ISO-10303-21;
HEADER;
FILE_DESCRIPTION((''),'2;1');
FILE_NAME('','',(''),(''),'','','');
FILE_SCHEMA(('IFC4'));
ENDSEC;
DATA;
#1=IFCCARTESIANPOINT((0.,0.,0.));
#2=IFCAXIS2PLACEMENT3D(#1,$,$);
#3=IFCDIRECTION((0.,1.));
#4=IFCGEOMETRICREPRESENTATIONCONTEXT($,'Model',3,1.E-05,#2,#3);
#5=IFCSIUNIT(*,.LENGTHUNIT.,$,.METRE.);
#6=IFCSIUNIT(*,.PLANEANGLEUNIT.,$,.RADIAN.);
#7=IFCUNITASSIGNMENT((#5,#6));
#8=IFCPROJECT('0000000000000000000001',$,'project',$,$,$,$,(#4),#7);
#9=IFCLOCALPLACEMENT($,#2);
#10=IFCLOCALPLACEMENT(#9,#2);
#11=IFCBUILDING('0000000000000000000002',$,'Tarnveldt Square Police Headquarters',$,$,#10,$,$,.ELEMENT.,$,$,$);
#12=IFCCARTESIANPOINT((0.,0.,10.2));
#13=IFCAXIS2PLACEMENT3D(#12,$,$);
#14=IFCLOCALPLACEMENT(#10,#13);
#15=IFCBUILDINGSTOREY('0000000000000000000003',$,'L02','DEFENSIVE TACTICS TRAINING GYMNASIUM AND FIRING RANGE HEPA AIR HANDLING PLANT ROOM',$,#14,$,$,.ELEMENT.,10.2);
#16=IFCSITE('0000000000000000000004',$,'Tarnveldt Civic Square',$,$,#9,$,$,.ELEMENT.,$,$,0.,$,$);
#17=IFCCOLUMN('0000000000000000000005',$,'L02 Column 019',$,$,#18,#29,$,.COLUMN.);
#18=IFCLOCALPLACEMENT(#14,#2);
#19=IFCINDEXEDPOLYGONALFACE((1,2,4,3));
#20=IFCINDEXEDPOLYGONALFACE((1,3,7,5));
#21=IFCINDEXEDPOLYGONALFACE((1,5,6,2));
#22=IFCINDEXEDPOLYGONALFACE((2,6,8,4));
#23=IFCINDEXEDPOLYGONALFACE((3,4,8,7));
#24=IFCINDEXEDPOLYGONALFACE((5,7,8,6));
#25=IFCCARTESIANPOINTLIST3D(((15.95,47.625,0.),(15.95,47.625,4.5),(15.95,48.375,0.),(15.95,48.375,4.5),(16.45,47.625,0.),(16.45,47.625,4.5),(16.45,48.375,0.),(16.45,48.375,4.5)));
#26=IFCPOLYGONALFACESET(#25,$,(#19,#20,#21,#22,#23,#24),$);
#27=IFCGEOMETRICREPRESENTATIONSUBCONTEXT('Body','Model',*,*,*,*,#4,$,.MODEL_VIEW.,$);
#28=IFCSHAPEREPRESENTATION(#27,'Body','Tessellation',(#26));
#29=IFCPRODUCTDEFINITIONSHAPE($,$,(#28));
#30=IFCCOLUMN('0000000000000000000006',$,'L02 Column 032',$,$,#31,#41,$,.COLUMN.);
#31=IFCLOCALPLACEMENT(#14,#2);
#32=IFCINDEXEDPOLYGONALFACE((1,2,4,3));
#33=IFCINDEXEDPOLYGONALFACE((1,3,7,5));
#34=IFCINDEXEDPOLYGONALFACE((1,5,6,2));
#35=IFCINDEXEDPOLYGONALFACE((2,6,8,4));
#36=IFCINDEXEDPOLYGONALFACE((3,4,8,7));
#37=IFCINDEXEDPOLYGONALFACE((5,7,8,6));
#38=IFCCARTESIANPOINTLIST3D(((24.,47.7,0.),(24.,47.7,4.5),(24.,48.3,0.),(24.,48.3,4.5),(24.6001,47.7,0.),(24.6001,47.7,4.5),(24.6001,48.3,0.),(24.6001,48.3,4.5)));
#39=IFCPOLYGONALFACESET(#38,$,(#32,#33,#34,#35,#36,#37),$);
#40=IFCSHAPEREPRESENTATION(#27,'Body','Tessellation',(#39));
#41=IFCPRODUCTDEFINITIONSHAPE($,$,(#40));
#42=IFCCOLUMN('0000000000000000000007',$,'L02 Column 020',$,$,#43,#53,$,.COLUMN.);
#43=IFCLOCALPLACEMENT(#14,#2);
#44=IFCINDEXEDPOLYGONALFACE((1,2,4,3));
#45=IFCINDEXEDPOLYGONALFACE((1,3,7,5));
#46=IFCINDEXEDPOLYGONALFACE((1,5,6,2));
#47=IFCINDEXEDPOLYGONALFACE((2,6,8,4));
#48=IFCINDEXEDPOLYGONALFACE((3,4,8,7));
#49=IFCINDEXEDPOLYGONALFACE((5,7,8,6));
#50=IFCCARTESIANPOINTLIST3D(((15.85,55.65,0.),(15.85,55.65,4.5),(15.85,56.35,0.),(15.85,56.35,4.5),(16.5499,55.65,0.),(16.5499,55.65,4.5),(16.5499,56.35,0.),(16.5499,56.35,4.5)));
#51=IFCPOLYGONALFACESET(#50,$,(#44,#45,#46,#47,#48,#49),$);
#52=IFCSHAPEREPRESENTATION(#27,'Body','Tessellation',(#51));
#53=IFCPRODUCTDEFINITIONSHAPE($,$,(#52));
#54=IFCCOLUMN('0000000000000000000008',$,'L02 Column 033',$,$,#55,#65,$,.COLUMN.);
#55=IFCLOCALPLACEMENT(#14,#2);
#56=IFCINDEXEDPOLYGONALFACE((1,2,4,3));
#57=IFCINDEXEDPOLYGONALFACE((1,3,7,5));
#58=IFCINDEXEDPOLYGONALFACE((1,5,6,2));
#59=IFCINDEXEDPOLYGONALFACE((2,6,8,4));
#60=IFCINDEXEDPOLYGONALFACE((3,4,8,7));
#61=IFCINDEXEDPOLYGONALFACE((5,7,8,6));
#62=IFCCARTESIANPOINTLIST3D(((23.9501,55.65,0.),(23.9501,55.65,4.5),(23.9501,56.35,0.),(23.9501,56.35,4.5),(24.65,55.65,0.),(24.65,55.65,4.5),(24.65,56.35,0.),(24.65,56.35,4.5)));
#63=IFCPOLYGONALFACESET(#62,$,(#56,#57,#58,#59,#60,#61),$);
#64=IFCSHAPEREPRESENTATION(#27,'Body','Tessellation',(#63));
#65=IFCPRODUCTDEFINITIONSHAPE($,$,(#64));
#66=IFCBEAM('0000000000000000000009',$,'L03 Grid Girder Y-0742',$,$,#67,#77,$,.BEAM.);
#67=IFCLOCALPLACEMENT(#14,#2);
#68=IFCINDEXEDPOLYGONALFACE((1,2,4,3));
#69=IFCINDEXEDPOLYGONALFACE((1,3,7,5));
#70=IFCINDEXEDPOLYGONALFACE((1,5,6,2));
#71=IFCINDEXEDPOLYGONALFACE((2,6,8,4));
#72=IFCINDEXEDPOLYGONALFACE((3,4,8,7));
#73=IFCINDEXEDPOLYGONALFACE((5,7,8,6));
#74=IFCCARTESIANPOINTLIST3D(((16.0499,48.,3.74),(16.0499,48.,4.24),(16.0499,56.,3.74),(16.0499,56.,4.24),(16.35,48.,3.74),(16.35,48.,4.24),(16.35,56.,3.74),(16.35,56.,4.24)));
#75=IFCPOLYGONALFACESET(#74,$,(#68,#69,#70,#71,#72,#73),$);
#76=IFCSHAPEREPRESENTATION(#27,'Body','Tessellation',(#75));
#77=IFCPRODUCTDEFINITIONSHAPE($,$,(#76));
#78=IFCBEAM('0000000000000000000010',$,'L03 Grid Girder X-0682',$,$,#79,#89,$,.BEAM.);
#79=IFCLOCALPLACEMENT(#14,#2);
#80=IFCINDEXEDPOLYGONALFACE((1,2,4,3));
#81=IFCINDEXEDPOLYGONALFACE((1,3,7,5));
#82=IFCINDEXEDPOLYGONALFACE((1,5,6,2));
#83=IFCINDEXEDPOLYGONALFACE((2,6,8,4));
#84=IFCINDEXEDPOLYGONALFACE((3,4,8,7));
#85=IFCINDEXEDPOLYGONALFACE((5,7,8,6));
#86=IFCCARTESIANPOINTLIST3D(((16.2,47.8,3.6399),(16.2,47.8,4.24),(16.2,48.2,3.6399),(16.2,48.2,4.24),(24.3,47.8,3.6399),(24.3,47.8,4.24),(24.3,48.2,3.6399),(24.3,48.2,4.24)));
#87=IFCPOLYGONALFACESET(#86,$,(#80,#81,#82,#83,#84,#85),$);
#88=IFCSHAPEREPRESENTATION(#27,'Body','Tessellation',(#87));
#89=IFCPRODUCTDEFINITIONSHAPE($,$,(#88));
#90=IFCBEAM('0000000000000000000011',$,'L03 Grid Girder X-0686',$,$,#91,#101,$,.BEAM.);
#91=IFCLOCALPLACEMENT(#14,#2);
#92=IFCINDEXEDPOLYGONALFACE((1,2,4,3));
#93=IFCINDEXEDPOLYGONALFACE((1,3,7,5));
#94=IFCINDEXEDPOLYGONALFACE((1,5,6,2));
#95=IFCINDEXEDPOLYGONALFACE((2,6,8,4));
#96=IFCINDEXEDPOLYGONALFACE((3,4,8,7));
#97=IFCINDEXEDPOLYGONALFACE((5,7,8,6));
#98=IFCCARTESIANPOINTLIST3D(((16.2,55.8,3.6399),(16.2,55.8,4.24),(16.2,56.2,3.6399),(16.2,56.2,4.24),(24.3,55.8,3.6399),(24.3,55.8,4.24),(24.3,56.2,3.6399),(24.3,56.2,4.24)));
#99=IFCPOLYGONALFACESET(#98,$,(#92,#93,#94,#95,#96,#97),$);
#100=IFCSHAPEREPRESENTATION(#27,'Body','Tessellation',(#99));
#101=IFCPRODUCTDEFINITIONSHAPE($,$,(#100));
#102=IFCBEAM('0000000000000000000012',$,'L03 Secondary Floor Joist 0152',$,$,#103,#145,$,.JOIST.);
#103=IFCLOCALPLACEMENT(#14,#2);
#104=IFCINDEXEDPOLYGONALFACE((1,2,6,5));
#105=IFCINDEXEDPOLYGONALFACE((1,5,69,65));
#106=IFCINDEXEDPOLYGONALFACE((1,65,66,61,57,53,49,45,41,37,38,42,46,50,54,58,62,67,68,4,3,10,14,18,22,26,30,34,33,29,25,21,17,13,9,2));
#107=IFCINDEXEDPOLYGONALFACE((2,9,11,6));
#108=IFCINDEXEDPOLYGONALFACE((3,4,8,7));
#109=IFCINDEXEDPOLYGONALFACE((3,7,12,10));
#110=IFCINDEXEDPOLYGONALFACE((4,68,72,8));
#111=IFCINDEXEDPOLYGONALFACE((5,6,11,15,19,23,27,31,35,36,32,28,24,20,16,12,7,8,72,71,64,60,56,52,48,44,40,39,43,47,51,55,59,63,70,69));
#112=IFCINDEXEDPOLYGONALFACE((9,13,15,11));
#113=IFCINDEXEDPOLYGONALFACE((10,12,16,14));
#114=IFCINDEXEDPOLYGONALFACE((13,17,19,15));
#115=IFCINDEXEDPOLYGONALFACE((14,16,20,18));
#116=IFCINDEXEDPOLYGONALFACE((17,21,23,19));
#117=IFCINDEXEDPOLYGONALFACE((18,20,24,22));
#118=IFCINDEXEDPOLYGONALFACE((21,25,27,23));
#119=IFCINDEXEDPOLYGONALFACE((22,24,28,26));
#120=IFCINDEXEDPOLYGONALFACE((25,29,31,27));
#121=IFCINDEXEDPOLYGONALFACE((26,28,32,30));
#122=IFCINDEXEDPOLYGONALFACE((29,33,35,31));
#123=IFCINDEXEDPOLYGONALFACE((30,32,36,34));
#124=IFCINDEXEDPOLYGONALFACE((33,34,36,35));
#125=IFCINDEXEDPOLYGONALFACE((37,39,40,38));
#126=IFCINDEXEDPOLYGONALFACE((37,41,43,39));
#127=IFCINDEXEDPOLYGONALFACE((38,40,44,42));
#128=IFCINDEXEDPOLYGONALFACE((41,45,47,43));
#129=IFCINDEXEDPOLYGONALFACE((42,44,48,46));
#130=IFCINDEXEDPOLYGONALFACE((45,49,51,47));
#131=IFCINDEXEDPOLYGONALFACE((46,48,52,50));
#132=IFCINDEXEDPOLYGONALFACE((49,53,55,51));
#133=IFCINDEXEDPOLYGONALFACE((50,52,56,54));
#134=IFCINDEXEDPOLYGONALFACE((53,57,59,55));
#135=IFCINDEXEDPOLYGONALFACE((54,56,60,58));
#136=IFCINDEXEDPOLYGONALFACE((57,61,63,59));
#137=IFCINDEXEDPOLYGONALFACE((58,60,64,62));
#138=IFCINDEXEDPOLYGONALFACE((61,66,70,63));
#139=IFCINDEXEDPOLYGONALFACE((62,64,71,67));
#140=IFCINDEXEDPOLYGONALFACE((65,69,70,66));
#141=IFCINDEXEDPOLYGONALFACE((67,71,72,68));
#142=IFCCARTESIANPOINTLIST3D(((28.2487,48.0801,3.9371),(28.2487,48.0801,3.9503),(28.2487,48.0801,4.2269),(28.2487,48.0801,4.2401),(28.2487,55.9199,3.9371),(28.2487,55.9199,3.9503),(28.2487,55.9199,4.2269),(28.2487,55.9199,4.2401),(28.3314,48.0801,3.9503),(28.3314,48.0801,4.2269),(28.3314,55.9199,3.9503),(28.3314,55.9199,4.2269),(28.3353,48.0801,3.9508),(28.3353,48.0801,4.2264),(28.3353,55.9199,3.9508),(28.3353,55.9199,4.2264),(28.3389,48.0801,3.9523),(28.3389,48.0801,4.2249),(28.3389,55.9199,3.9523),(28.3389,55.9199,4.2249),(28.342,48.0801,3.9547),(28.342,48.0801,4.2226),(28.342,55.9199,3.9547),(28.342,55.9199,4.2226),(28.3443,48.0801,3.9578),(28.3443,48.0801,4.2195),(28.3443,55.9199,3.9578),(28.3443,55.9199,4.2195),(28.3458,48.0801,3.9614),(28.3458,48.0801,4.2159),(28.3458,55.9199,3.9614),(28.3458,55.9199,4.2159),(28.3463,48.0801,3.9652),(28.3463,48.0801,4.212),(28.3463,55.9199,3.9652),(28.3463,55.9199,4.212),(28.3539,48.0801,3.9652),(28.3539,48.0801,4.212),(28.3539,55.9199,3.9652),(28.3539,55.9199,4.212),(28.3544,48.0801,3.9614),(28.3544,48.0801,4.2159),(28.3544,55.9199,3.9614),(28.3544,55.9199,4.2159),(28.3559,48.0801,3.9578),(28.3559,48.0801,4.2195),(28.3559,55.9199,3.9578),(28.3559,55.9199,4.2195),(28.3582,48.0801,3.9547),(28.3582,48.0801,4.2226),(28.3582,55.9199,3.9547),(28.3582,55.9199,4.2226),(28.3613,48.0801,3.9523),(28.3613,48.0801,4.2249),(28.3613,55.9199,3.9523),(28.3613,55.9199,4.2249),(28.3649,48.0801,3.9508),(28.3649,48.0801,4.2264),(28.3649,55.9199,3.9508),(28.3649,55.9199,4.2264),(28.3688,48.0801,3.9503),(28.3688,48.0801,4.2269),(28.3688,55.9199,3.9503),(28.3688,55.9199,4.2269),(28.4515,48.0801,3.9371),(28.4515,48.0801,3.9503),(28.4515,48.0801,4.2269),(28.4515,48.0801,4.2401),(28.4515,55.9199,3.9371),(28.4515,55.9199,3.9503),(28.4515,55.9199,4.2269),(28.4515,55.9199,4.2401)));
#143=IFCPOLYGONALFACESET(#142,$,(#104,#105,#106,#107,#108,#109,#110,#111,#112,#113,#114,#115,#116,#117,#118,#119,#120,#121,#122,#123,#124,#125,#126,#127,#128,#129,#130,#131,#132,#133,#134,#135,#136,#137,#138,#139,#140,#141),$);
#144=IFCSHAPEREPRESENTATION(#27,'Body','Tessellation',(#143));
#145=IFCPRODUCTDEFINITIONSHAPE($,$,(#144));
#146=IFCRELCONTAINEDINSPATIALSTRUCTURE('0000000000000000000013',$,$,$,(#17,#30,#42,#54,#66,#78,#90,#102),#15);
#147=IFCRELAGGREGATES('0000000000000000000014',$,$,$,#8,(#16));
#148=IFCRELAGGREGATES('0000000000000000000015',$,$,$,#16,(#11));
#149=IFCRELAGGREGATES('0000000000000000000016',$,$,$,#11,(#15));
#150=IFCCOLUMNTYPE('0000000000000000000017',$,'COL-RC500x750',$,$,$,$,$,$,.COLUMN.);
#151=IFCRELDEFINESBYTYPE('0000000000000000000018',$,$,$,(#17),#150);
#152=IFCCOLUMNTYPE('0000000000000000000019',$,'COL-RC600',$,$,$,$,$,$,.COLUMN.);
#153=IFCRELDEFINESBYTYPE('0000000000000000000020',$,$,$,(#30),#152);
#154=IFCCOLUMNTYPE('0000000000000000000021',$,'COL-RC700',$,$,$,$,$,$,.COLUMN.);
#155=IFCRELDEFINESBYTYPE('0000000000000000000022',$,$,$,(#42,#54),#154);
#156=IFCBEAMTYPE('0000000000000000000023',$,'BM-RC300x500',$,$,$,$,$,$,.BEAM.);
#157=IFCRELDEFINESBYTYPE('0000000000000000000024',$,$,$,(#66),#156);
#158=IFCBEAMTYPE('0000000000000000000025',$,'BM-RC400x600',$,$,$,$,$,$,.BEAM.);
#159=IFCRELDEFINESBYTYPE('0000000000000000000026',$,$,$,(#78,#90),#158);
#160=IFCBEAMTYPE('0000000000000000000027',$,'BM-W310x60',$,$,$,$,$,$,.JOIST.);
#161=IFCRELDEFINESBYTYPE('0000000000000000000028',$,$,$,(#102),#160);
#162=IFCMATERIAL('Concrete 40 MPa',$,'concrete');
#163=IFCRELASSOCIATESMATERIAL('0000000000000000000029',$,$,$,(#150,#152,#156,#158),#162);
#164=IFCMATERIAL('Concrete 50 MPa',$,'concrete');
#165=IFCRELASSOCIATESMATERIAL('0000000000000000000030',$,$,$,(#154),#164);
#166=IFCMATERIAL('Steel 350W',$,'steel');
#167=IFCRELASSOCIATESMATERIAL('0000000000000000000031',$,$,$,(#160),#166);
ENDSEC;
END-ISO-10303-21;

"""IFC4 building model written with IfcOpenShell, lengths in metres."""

from ifc_helpers import new_model, si_unit, direction, frame, origin, origin_2d, place, context, subcontext, project, spatial, rectangle, i_section, extrude, material, material_profile, profile_set, type_object, element, save


model = new_model("IFC4")

# Units and contexts
model_context = context("Model", 3, precision=1e-05, world=origin(), true_north=direction((0.0, 1.0)))
body_context = subcontext(model_context, "Body", "Model", "MODEL_VIEW")
ifc_project = project(units=[si_unit("LENGTHUNIT", "METRE"), si_unit("PLANEANGLEUNIT", "RADIAN")], contexts=[model_context])

# Site, building, storey
site_placement = place(None, origin())
site = spatial("IfcSite", under=ifc_project, at=site_placement, Name="Tarnveldt Civic Square", CompositionType="ELEMENT", RefElevation=0.0)
building_placement = place(site_placement, origin())
building = spatial("IfcBuilding", under=site, at=building_placement, Name="Tarnveldt Square Police Headquarters", CompositionType="ELEMENT")
storey_placement = place(building_placement, frame((0.0, 0.0, 10.2)))
storey = spatial("IfcBuildingStorey", under=building, at=storey_placement, Name="L02", Description="DEFENSIVE TACTICS TRAINING GYMNASIUM AND FIRING RANGE HEPA AIR HANDLING PLANT ROOM", CompositionType="ELEMENT", Elevation=10.2)

# Columns
ifc_material_1 = material(Name="Concrete 40 MPa", Category="concrete")
ifc_material_profile_1 = material_profile(ifc_material_1, rectangle(XDim=0.5, YDim=0.75, at=origin_2d()), Name="RC-C500x750")
ifc_profile_set_1 = profile_set([ifc_material_profile_1], Name="Concrete 40 MPa")
column_type_1 = type_object("IfcColumnType", Name="COL-RC500x750", PredefinedType="COLUMN", material=ifc_profile_set_1)
column_1_placement = place(storey_placement, frame((16.2, 48.0, 0.0), z_axis=(0.0, 0.0, 1.0), x_axis=(1.0, 0.0, 0.0)))
element("IfcColumn", 1, at=column_1_placement, inside=storey, type_object=column_type_1, Name="L02 Column 019", PredefinedType="COLUMN", context=body_context, shape_type="SweptSolid", body=[
    extrude(rectangle(XDim=0.5, YDim=0.75, at=origin_2d()), origin(), (0.0, 0.0, 1.0), 4.5),
])
ifc_material_profile_2 = material_profile(ifc_material_1, rectangle(XDim=0.6001, YDim=0.6001, at=origin_2d()), Name="RC-C600x600")
ifc_profile_set_2 = profile_set([ifc_material_profile_2], Name="Concrete 40 MPa")
column_type_2 = type_object("IfcColumnType", Name="COL-RC600", PredefinedType="COLUMN", material=ifc_profile_set_2)
column_2_placement = place(storey_placement, frame((24.3, 48.0, 0.0), z_axis=(0.0, 0.0, 1.0), x_axis=(1.0, 0.0, 0.0)))
element("IfcColumn", 2, at=column_2_placement, inside=storey, type_object=column_type_2, Name="L02 Column 032", PredefinedType="COLUMN", context=body_context, shape_type="SweptSolid", body=[
    extrude(rectangle(XDim=0.6001, YDim=0.6001, at=origin_2d()), origin(), (0.0, 0.0, 1.0), 4.5),
])
ifc_material_2 = material(Name="Concrete 50 MPa", Category="concrete")
ifc_material_profile_3 = material_profile(ifc_material_2, rectangle(XDim=0.7, YDim=0.7, at=origin_2d()), Name="RC-C700x700")
ifc_profile_set_3 = profile_set([ifc_material_profile_3], Name="Concrete 50 MPa")
column_type_3 = type_object("IfcColumnType", Name="COL-RC700", PredefinedType="COLUMN", material=ifc_profile_set_3)
for number, where, z_axis, x_axis, name in (
    (3, (16.2, 56.0, 0.0), (0.0, 0.0, 1.0), (1.0, 0.0, 0.0), "L02 Column 020"),
    (4, (24.3, 56.0, 0.0), (0.0, 0.0, 1.0), (1.0, 0.0, 0.0), "L02 Column 033"),
):
    element("IfcColumn", number, at=place(storey_placement, frame(where, z_axis=z_axis, x_axis=x_axis)), inside=storey, type_object=column_type_3, Name=name, PredefinedType="COLUMN", context=body_context, shape_type="SweptSolid", body=[
        extrude(rectangle(XDim=0.7, YDim=0.7, at=origin_2d()), origin(), (0.0, 0.0, 1.0), 4.5),
    ])

# Beams
ifc_material_profile_4 = material_profile(ifc_material_1, rectangle(XDim=0.3, YDim=0.5, at=origin_2d()), Name="RC-B300x500")
ifc_profile_set_4 = profile_set([ifc_material_profile_4], Name="Concrete 40 MPa")
beam_type_1 = type_object("IfcBeamType", Name="BM-RC300x500", PredefinedType="BEAM", material=ifc_profile_set_4)
beam_1_placement = place(storey_placement, frame((16.2, 48.0, 3.99), z_axis=(0.0, 1.0, 0.0), x_axis=(-1.0, 0.0, 0.0)))
element("IfcBeam", 5, at=beam_1_placement, inside=storey, type_object=beam_type_1, Name="L03 Grid Girder Y-0742", PredefinedType="BEAM", context=body_context, shape_type="SweptSolid", body=[
    extrude(rectangle(XDim=0.3, YDim=0.5, at=origin_2d()), origin(), (0.0, 0.0, 1.0), 8.0),
])
ifc_material_profile_5 = material_profile(ifc_material_1, rectangle(XDim=0.3999, YDim=0.6001, at=origin_2d()), Name="RC-B400x600")
ifc_profile_set_5 = profile_set([ifc_material_profile_5], Name="Concrete 40 MPa")
beam_type_2 = type_object("IfcBeamType", Name="BM-RC400x600", PredefinedType="BEAM", material=ifc_profile_set_5)
for number, where, z_axis, x_axis, name in (
    (6, (16.2, 48.0, 3.9399), (1.0, 0.0, 0.0), (0.0, 1.0, 0.0), "L03 Grid Girder X-0682"),
    (7, (16.2, 56.0, 3.9399), (1.0, 0.0, 0.0), (0.0, 1.0, 0.0), "L03 Grid Girder X-0686"),
):
    element("IfcBeam", number, at=place(storey_placement, frame(where, z_axis=z_axis, x_axis=x_axis)), inside=storey, type_object=beam_type_2, Name=name, PredefinedType="BEAM", context=body_context, shape_type="SweptSolid", body=[
        extrude(rectangle(XDim=0.3999, YDim=0.6001, at=origin_2d()), origin(), (0.0, 0.0, 1.0), 8.1001),
    ])
ifc_material_3 = material(Name="Steel 350W", Category="steel")
ifc_material_profile_6 = material_profile(ifc_material_3, i_section(OverallWidth=0.2029, OverallDepth=0.303, WebThickness=0.0076, FlangeThickness=0.0132, FilletRadius=0.0149, at=origin_2d()), Name="W310x60")
ifc_profile_set_6 = profile_set([ifc_material_profile_6], Name="Steel 350W")
beam_type_3 = type_object("IfcBeamType", Name="BM-W310x60", PredefinedType="JOIST", material=ifc_profile_set_6)
beam_2_placement = place(storey_placement, frame((28.3501, 48.0801, 4.0886), z_axis=(0.0, 1.0, 0.0), x_axis=(-1.0, 0.0, 0.0)))
element("IfcBeam", 8, at=beam_2_placement, inside=storey, type_object=beam_type_3, Name="L03 Secondary Floor Joist 0152", PredefinedType="JOIST", context=body_context, shape_type="SweptSolid", body=[
    extrude(i_section(OverallWidth=0.2029, OverallDepth=0.303, WebThickness=0.0076, FlangeThickness=0.0132, FilletRadius=0.0149, at=origin_2d()), origin(), (0.0, 0.0, 1.0), 7.8398),
])

save(model, "model.ifc")
